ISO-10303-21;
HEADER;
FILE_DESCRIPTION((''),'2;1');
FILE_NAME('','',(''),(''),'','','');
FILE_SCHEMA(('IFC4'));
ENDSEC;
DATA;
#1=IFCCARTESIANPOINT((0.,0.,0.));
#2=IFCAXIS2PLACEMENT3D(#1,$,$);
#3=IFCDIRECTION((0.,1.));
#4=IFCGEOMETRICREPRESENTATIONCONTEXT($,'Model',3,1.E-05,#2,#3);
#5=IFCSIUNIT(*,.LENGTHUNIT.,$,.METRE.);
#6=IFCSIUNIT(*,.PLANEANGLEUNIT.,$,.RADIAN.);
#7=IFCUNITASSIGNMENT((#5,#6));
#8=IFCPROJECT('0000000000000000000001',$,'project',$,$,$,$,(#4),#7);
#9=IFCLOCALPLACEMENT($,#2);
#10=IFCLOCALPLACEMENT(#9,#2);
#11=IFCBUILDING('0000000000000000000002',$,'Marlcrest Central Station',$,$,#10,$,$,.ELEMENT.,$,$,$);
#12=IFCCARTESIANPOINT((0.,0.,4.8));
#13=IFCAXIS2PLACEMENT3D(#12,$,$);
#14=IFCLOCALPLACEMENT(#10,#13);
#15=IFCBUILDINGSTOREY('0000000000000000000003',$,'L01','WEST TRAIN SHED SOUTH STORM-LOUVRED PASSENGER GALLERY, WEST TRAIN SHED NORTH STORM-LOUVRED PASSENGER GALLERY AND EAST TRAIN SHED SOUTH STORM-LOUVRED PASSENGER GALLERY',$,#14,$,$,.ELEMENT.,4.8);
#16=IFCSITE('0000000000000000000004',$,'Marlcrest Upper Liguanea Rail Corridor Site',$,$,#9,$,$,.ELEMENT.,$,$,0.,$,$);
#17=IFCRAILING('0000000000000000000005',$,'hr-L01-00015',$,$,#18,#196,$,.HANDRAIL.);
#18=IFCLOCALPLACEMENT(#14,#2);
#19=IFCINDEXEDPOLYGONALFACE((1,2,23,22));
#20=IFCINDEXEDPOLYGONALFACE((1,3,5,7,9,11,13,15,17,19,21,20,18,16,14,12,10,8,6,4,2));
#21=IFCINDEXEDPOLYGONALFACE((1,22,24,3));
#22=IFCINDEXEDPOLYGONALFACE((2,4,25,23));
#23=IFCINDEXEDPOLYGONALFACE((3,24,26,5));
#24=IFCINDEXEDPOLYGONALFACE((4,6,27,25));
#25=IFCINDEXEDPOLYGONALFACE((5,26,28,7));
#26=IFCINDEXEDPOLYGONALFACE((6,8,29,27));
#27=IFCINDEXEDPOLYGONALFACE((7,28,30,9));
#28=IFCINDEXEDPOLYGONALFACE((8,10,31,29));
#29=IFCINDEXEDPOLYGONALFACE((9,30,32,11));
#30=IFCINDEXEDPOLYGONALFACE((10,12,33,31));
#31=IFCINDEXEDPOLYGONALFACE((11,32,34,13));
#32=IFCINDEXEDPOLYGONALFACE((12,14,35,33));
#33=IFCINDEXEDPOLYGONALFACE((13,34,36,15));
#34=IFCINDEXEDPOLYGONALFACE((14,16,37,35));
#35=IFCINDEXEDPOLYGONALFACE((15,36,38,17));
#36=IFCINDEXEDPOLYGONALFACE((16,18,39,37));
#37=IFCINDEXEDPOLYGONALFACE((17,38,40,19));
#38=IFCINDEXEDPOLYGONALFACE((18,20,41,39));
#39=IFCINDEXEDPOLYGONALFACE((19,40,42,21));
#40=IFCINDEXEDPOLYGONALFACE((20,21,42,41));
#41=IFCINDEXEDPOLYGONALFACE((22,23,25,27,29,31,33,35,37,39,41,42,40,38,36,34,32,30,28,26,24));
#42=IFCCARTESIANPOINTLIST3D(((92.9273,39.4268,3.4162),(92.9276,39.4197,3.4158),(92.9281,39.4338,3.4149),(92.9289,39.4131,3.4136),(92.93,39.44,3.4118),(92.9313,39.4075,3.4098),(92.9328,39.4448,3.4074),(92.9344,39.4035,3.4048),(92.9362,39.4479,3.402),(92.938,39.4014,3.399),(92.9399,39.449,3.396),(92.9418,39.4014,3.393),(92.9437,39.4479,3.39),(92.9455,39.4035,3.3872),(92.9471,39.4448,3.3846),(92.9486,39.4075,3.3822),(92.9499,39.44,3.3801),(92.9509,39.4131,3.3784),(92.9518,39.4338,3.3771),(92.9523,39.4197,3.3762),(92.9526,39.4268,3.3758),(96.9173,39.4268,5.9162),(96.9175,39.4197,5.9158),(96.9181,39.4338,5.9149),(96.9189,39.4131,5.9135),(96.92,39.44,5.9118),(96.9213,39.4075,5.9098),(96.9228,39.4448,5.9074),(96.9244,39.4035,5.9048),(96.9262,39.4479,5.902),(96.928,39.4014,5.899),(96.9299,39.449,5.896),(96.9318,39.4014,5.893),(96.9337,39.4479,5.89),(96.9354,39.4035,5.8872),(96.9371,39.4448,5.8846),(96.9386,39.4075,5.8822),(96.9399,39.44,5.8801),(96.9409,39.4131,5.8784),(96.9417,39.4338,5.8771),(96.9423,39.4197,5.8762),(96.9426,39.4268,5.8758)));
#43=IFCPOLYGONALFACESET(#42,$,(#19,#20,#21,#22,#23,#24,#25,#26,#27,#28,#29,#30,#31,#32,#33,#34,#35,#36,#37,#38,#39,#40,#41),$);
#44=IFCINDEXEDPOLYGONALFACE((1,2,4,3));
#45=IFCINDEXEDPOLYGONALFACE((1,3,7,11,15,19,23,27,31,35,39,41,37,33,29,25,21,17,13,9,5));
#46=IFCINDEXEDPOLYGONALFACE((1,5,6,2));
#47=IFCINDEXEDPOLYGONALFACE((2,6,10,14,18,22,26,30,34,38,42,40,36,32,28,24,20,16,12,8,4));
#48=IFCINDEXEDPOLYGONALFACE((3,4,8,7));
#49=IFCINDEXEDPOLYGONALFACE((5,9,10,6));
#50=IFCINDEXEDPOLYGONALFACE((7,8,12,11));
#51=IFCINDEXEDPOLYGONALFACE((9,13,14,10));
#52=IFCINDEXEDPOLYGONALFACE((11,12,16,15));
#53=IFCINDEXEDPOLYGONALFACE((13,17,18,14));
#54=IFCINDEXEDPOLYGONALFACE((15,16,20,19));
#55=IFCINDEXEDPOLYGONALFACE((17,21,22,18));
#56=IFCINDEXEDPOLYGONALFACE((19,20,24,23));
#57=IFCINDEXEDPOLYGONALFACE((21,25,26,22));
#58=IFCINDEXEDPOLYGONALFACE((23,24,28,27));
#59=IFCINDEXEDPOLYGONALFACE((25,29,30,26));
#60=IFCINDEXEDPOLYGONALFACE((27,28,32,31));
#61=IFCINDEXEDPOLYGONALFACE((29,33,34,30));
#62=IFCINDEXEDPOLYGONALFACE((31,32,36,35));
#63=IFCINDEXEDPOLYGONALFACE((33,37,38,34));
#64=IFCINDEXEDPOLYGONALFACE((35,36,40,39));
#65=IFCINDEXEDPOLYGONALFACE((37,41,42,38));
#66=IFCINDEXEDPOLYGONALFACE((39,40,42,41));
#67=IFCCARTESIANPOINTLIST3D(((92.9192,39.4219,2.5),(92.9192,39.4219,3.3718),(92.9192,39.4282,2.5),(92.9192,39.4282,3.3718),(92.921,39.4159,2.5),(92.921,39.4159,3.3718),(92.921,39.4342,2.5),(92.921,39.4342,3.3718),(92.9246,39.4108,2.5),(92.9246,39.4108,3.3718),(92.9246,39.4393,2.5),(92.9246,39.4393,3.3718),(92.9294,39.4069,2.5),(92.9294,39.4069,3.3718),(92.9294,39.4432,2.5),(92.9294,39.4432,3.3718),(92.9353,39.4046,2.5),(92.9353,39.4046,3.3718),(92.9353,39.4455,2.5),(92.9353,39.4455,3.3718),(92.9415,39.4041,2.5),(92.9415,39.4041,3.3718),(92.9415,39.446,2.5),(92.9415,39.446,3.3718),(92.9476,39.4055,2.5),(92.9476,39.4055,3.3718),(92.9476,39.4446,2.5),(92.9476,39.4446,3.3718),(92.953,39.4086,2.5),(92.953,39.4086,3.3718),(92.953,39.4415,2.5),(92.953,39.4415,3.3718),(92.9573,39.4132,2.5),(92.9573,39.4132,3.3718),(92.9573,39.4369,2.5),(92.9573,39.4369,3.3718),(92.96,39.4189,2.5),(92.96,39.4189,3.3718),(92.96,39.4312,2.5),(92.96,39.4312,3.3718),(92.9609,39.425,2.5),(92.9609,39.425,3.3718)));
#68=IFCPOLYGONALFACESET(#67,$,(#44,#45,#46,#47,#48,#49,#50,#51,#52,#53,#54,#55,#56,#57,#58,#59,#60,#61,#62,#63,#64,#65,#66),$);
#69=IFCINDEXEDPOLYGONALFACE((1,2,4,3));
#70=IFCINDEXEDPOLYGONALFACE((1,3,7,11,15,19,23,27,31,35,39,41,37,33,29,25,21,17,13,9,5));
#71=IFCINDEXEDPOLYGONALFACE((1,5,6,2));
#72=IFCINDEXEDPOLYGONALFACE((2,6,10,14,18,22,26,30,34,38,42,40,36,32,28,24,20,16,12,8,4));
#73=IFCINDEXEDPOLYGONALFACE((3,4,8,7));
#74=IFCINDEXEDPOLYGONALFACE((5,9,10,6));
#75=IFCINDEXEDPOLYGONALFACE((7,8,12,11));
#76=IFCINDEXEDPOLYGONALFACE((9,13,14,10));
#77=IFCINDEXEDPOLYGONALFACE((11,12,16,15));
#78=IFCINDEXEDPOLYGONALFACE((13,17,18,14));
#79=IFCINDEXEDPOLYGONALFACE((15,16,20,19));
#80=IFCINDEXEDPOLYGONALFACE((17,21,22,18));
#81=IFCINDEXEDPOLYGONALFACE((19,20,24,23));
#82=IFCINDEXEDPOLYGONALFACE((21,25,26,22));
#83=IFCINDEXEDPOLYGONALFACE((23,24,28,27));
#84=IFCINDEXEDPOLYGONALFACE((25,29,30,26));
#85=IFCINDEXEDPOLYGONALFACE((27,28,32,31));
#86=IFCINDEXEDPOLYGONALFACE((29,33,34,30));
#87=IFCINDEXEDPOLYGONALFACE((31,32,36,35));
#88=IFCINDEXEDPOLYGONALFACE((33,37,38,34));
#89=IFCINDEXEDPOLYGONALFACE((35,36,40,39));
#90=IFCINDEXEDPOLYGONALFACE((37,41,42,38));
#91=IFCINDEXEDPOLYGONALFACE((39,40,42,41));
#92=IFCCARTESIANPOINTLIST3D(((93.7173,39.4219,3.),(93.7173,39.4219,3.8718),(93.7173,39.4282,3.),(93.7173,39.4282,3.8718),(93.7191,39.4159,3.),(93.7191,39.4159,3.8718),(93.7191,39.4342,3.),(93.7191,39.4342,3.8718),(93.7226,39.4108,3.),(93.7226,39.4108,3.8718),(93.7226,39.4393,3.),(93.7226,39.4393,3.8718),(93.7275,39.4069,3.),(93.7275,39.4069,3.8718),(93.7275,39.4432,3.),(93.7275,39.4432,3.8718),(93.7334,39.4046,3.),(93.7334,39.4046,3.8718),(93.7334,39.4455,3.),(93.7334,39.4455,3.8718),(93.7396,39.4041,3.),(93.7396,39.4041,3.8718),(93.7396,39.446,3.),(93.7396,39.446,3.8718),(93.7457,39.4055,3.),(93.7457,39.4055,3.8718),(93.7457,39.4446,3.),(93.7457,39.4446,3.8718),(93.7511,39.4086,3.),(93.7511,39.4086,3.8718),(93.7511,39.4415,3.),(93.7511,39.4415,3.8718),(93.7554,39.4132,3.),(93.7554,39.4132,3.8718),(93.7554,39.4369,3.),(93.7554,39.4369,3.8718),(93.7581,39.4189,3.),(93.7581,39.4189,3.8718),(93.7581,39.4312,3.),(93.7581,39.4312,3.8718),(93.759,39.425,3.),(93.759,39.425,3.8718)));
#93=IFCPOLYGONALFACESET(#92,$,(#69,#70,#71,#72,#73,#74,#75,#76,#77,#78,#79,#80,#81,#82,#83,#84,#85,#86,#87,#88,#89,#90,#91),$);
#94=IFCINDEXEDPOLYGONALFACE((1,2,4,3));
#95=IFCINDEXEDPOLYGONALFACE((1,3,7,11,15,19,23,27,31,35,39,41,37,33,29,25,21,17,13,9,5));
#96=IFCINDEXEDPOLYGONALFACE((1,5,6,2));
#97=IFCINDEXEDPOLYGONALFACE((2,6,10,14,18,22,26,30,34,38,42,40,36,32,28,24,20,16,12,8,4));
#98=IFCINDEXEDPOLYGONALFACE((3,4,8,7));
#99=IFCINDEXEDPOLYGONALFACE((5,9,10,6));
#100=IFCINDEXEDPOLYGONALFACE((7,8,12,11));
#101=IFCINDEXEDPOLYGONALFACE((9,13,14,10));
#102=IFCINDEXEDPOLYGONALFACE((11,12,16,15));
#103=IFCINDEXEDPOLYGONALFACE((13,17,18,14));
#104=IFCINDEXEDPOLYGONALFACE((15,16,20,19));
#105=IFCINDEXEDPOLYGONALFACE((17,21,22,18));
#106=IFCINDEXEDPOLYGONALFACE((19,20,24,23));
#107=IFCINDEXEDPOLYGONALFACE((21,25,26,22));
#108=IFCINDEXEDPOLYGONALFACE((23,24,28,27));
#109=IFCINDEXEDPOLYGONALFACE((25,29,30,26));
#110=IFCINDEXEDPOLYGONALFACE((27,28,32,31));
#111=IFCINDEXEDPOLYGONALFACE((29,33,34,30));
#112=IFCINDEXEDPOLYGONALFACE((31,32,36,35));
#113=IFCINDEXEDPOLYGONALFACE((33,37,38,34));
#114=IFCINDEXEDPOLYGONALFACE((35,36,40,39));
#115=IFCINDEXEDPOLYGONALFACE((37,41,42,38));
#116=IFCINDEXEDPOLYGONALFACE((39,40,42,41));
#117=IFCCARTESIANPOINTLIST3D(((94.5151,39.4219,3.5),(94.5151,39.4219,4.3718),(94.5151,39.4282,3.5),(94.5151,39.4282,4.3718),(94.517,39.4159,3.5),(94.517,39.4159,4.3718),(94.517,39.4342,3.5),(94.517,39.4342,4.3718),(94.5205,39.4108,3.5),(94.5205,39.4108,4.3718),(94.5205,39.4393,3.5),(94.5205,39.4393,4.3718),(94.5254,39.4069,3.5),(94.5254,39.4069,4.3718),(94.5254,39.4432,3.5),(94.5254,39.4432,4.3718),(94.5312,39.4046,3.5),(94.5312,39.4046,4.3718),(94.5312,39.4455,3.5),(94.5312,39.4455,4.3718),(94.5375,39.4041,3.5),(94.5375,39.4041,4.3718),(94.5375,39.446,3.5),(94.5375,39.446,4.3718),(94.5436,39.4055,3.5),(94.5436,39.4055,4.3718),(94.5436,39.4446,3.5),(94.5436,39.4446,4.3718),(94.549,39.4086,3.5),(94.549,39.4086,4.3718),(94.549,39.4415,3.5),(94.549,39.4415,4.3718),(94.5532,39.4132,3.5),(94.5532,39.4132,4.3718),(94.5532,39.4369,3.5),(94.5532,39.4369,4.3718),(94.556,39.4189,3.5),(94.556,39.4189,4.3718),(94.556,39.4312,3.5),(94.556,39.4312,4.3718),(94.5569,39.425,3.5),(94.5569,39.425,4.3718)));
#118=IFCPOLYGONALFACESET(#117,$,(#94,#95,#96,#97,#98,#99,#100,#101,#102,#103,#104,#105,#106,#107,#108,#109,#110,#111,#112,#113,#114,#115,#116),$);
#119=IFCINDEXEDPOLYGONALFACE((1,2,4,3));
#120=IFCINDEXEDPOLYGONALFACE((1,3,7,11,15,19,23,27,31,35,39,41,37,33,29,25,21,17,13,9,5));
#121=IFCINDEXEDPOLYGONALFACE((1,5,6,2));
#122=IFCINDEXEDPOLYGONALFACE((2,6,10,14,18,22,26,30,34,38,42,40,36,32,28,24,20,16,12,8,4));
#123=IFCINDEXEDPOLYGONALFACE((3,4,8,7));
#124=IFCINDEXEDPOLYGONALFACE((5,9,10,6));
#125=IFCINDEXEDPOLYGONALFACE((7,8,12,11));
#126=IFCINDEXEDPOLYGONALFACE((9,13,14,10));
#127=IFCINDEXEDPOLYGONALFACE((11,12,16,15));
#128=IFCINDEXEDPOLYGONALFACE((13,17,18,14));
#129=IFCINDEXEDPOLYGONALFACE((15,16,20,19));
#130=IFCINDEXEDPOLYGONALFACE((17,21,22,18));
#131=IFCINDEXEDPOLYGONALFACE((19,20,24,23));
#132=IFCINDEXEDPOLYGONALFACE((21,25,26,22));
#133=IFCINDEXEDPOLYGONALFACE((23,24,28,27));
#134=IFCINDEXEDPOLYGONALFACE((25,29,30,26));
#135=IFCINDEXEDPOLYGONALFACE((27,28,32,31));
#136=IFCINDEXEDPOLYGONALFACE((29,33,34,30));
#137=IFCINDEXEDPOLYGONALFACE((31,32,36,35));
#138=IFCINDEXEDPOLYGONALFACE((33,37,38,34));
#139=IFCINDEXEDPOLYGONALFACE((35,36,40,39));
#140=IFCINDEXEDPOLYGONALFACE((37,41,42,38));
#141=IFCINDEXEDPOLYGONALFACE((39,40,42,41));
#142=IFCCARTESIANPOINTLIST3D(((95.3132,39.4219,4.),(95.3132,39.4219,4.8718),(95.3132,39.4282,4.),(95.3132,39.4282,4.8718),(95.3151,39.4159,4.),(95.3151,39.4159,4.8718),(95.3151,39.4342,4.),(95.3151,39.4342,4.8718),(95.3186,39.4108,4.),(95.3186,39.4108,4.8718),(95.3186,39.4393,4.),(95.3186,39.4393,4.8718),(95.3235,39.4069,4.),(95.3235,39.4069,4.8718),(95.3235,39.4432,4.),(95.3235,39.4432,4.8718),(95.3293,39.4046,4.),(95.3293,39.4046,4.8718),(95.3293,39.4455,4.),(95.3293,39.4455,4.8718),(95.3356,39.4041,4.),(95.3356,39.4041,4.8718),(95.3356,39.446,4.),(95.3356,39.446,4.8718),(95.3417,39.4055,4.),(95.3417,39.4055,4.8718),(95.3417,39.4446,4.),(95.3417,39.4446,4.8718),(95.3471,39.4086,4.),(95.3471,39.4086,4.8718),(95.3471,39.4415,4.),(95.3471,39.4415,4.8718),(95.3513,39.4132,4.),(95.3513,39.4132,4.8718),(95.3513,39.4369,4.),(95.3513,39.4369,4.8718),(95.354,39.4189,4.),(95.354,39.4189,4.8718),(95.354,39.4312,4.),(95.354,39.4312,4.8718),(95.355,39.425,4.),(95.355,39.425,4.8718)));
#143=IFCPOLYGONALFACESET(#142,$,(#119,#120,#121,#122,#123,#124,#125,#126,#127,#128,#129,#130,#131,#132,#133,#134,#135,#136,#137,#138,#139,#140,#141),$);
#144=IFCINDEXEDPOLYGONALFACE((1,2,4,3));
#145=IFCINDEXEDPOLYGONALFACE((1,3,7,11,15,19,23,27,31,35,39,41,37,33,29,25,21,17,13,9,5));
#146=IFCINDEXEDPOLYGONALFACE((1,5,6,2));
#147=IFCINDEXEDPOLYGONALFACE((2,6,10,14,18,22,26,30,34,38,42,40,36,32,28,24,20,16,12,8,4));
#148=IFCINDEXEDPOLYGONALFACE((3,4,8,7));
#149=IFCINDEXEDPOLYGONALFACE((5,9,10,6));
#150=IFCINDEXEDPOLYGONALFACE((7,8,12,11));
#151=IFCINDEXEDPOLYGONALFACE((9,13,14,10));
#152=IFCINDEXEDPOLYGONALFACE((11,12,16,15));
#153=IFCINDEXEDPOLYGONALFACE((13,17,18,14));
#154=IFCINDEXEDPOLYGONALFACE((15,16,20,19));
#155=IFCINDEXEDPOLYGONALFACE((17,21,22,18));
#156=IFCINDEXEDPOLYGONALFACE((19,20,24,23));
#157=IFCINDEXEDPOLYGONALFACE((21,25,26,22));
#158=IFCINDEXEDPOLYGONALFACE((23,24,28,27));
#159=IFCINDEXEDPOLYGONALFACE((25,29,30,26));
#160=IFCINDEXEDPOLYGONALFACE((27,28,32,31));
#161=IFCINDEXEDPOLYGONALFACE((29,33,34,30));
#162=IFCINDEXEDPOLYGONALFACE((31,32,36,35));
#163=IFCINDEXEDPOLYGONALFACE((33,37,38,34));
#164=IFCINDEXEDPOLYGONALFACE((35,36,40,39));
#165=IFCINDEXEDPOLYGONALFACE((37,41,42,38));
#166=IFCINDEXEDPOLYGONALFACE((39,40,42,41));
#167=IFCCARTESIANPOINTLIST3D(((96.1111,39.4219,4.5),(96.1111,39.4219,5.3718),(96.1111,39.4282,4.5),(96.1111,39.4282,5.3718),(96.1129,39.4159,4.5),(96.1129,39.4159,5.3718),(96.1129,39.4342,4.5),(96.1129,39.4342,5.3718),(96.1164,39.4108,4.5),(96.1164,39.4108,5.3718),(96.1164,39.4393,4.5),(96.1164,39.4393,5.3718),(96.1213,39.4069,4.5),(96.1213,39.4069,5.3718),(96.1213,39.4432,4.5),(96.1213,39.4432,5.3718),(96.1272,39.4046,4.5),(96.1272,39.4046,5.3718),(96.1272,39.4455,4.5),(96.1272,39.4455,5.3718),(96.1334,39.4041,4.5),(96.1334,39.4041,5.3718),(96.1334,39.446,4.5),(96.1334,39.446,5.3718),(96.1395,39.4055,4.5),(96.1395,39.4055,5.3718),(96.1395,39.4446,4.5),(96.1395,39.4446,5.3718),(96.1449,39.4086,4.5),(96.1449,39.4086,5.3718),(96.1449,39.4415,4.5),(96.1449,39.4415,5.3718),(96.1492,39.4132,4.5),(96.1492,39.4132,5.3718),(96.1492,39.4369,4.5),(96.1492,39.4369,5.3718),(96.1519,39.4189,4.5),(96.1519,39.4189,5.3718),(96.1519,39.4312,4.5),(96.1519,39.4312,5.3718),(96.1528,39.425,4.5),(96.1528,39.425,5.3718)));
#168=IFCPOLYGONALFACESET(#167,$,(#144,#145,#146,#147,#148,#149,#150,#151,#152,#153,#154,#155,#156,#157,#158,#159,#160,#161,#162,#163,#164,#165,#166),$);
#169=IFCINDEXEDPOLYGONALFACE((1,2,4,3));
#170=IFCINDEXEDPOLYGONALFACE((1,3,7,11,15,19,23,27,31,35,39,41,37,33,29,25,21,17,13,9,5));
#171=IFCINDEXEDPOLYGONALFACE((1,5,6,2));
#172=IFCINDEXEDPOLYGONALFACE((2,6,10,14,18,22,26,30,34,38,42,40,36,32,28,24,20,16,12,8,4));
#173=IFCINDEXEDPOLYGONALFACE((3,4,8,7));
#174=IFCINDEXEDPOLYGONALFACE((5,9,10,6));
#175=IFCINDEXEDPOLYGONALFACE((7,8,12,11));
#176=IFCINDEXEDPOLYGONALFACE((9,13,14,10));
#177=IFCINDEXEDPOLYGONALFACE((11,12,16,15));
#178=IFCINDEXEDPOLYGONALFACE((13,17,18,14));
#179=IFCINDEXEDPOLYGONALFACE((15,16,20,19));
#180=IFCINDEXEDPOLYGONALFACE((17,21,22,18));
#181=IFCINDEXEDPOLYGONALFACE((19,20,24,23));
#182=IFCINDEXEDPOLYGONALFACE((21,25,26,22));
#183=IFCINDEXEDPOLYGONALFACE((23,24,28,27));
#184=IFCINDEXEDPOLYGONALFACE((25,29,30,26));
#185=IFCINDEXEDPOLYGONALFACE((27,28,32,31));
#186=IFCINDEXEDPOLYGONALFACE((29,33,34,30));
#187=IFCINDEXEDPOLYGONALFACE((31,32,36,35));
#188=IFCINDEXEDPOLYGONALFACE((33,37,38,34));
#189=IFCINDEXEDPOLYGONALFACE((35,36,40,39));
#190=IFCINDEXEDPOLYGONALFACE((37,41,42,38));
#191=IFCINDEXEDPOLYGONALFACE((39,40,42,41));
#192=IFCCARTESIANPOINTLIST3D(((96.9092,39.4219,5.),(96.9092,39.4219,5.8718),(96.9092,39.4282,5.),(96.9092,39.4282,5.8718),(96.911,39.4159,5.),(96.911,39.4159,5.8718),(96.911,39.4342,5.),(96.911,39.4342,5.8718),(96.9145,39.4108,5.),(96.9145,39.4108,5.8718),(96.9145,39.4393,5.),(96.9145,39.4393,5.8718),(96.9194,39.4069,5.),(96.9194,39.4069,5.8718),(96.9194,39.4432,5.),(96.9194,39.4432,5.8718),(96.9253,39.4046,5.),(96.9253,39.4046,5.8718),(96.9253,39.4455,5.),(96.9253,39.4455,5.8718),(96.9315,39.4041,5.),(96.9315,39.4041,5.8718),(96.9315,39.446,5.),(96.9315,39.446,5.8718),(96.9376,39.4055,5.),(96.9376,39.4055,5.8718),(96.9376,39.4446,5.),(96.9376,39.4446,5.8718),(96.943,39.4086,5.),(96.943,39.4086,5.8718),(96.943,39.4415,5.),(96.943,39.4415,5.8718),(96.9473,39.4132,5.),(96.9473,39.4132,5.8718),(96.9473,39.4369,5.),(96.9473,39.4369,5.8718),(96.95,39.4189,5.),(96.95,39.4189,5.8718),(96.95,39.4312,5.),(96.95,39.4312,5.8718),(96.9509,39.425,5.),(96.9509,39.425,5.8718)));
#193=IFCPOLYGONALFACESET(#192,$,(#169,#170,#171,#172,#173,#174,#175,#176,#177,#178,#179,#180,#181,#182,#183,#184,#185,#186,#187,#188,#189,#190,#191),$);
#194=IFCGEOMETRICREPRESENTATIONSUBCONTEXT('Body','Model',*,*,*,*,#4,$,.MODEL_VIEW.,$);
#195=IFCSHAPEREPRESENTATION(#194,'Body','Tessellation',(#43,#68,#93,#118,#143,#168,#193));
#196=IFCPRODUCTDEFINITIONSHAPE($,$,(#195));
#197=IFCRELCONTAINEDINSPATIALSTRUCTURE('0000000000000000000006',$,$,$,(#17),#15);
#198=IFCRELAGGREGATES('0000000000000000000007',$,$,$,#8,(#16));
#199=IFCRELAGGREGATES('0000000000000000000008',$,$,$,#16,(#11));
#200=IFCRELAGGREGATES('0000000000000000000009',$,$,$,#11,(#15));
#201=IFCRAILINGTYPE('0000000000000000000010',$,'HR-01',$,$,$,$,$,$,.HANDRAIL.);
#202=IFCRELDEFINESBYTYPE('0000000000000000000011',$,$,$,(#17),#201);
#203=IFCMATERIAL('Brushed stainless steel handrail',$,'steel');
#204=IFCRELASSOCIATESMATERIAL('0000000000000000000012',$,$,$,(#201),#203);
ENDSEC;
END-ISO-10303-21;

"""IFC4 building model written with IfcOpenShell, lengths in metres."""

from ifc_helpers import new_model, si_unit, direction, frame, origin, origin_2d, place, context, subcontext, project, spatial, circle, extrude, material, type_object, element, save


model = new_model("IFC4")

# Units and contexts
model_context = context("Model", 3, precision=1e-05, world=origin(), true_north=direction((0.0, 1.0)))
body_context = subcontext(model_context, "Body", "Model", "MODEL_VIEW")
ifc_project = project(units=[si_unit("LENGTHUNIT", "METRE"), si_unit("PLANEANGLEUNIT", "RADIAN")], contexts=[model_context])

# Site, building, storey
site_placement = place(None, origin())
site = spatial("IfcSite", under=ifc_project, at=site_placement, Name="Marlcrest Upper Liguanea Rail Corridor Site", CompositionType="ELEMENT", RefElevation=0.0)
building_placement = place(site_placement, origin())
building = spatial("IfcBuilding", under=site, at=building_placement, Name="Marlcrest Central Station", CompositionType="ELEMENT")
storey_placement = place(building_placement, frame((0.0, 0.0, 4.8)))
storey = spatial("IfcBuildingStorey", under=building, at=storey_placement, Name="L01", Description="WEST TRAIN SHED SOUTH STORM-LOUVRED PASSENGER GALLERY, WEST TRAIN SHED NORTH STORM-LOUVRED PASSENGER GALLERY AND EAST TRAIN SHED SOUTH STORM-LOUVRED PASSENGER GALLERY", CompositionType="ELEMENT", Elevation=4.8)

# Railing
ifc_material_1 = material(Name="Brushed stainless steel handrail", Category="steel")
railing_type_1 = type_object("IfcRailingType", Name="HR-01", PredefinedType="HANDRAIL", material=ifc_material_1)
for number, where, name in (
    (1, (92.9399, 39.425, 2.5), "hr-L01-00015"),
):
    element("IfcRailing", number, at=place(storey_placement, frame(where)), inside=storey, type_object=railing_type_1, Name=name, PredefinedType="HANDRAIL", context=body_context, shape_type="SweptSolid", body=[
        extrude(circle(Radius=0.0239, at=origin_2d()), frame((0.0, 0.0, 0.896), z_axis=(0.847401, 0.0, 0.530954), x_axis=(0.0, 1.0, 0.0)), (0.0, 0.0, 1.0), 4.7085),
        extrude(circle(Radius=0.021, at=origin_2d()), origin(), (0.0, 0.0, 1.0), 0.8718),
        extrude(circle(Radius=0.021, at=origin_2d()), frame((0.7981, 0.0, 0.5)), (0.0, 0.0, 1.0), 0.8718),
        extrude(circle(Radius=0.021, at=origin_2d()), frame((1.5959, 0.0, 1.0)), (0.0, 0.0, 1.0), 0.8718),
        extrude(circle(Radius=0.021, at=origin_2d()), frame((2.394, 0.0, 1.5)), (0.0, 0.0, 1.0), 0.8718),
        extrude(circle(Radius=0.021, at=origin_2d()), frame((3.1919, 0.0, 2.0)), (0.0, 0.0, 1.0), 0.8718),
        extrude(circle(Radius=0.021, at=origin_2d()), frame((3.99, 0.0, 2.5)), (0.0, 0.0, 1.0), 0.8718),
    ])

save(model, "model.ifc")
